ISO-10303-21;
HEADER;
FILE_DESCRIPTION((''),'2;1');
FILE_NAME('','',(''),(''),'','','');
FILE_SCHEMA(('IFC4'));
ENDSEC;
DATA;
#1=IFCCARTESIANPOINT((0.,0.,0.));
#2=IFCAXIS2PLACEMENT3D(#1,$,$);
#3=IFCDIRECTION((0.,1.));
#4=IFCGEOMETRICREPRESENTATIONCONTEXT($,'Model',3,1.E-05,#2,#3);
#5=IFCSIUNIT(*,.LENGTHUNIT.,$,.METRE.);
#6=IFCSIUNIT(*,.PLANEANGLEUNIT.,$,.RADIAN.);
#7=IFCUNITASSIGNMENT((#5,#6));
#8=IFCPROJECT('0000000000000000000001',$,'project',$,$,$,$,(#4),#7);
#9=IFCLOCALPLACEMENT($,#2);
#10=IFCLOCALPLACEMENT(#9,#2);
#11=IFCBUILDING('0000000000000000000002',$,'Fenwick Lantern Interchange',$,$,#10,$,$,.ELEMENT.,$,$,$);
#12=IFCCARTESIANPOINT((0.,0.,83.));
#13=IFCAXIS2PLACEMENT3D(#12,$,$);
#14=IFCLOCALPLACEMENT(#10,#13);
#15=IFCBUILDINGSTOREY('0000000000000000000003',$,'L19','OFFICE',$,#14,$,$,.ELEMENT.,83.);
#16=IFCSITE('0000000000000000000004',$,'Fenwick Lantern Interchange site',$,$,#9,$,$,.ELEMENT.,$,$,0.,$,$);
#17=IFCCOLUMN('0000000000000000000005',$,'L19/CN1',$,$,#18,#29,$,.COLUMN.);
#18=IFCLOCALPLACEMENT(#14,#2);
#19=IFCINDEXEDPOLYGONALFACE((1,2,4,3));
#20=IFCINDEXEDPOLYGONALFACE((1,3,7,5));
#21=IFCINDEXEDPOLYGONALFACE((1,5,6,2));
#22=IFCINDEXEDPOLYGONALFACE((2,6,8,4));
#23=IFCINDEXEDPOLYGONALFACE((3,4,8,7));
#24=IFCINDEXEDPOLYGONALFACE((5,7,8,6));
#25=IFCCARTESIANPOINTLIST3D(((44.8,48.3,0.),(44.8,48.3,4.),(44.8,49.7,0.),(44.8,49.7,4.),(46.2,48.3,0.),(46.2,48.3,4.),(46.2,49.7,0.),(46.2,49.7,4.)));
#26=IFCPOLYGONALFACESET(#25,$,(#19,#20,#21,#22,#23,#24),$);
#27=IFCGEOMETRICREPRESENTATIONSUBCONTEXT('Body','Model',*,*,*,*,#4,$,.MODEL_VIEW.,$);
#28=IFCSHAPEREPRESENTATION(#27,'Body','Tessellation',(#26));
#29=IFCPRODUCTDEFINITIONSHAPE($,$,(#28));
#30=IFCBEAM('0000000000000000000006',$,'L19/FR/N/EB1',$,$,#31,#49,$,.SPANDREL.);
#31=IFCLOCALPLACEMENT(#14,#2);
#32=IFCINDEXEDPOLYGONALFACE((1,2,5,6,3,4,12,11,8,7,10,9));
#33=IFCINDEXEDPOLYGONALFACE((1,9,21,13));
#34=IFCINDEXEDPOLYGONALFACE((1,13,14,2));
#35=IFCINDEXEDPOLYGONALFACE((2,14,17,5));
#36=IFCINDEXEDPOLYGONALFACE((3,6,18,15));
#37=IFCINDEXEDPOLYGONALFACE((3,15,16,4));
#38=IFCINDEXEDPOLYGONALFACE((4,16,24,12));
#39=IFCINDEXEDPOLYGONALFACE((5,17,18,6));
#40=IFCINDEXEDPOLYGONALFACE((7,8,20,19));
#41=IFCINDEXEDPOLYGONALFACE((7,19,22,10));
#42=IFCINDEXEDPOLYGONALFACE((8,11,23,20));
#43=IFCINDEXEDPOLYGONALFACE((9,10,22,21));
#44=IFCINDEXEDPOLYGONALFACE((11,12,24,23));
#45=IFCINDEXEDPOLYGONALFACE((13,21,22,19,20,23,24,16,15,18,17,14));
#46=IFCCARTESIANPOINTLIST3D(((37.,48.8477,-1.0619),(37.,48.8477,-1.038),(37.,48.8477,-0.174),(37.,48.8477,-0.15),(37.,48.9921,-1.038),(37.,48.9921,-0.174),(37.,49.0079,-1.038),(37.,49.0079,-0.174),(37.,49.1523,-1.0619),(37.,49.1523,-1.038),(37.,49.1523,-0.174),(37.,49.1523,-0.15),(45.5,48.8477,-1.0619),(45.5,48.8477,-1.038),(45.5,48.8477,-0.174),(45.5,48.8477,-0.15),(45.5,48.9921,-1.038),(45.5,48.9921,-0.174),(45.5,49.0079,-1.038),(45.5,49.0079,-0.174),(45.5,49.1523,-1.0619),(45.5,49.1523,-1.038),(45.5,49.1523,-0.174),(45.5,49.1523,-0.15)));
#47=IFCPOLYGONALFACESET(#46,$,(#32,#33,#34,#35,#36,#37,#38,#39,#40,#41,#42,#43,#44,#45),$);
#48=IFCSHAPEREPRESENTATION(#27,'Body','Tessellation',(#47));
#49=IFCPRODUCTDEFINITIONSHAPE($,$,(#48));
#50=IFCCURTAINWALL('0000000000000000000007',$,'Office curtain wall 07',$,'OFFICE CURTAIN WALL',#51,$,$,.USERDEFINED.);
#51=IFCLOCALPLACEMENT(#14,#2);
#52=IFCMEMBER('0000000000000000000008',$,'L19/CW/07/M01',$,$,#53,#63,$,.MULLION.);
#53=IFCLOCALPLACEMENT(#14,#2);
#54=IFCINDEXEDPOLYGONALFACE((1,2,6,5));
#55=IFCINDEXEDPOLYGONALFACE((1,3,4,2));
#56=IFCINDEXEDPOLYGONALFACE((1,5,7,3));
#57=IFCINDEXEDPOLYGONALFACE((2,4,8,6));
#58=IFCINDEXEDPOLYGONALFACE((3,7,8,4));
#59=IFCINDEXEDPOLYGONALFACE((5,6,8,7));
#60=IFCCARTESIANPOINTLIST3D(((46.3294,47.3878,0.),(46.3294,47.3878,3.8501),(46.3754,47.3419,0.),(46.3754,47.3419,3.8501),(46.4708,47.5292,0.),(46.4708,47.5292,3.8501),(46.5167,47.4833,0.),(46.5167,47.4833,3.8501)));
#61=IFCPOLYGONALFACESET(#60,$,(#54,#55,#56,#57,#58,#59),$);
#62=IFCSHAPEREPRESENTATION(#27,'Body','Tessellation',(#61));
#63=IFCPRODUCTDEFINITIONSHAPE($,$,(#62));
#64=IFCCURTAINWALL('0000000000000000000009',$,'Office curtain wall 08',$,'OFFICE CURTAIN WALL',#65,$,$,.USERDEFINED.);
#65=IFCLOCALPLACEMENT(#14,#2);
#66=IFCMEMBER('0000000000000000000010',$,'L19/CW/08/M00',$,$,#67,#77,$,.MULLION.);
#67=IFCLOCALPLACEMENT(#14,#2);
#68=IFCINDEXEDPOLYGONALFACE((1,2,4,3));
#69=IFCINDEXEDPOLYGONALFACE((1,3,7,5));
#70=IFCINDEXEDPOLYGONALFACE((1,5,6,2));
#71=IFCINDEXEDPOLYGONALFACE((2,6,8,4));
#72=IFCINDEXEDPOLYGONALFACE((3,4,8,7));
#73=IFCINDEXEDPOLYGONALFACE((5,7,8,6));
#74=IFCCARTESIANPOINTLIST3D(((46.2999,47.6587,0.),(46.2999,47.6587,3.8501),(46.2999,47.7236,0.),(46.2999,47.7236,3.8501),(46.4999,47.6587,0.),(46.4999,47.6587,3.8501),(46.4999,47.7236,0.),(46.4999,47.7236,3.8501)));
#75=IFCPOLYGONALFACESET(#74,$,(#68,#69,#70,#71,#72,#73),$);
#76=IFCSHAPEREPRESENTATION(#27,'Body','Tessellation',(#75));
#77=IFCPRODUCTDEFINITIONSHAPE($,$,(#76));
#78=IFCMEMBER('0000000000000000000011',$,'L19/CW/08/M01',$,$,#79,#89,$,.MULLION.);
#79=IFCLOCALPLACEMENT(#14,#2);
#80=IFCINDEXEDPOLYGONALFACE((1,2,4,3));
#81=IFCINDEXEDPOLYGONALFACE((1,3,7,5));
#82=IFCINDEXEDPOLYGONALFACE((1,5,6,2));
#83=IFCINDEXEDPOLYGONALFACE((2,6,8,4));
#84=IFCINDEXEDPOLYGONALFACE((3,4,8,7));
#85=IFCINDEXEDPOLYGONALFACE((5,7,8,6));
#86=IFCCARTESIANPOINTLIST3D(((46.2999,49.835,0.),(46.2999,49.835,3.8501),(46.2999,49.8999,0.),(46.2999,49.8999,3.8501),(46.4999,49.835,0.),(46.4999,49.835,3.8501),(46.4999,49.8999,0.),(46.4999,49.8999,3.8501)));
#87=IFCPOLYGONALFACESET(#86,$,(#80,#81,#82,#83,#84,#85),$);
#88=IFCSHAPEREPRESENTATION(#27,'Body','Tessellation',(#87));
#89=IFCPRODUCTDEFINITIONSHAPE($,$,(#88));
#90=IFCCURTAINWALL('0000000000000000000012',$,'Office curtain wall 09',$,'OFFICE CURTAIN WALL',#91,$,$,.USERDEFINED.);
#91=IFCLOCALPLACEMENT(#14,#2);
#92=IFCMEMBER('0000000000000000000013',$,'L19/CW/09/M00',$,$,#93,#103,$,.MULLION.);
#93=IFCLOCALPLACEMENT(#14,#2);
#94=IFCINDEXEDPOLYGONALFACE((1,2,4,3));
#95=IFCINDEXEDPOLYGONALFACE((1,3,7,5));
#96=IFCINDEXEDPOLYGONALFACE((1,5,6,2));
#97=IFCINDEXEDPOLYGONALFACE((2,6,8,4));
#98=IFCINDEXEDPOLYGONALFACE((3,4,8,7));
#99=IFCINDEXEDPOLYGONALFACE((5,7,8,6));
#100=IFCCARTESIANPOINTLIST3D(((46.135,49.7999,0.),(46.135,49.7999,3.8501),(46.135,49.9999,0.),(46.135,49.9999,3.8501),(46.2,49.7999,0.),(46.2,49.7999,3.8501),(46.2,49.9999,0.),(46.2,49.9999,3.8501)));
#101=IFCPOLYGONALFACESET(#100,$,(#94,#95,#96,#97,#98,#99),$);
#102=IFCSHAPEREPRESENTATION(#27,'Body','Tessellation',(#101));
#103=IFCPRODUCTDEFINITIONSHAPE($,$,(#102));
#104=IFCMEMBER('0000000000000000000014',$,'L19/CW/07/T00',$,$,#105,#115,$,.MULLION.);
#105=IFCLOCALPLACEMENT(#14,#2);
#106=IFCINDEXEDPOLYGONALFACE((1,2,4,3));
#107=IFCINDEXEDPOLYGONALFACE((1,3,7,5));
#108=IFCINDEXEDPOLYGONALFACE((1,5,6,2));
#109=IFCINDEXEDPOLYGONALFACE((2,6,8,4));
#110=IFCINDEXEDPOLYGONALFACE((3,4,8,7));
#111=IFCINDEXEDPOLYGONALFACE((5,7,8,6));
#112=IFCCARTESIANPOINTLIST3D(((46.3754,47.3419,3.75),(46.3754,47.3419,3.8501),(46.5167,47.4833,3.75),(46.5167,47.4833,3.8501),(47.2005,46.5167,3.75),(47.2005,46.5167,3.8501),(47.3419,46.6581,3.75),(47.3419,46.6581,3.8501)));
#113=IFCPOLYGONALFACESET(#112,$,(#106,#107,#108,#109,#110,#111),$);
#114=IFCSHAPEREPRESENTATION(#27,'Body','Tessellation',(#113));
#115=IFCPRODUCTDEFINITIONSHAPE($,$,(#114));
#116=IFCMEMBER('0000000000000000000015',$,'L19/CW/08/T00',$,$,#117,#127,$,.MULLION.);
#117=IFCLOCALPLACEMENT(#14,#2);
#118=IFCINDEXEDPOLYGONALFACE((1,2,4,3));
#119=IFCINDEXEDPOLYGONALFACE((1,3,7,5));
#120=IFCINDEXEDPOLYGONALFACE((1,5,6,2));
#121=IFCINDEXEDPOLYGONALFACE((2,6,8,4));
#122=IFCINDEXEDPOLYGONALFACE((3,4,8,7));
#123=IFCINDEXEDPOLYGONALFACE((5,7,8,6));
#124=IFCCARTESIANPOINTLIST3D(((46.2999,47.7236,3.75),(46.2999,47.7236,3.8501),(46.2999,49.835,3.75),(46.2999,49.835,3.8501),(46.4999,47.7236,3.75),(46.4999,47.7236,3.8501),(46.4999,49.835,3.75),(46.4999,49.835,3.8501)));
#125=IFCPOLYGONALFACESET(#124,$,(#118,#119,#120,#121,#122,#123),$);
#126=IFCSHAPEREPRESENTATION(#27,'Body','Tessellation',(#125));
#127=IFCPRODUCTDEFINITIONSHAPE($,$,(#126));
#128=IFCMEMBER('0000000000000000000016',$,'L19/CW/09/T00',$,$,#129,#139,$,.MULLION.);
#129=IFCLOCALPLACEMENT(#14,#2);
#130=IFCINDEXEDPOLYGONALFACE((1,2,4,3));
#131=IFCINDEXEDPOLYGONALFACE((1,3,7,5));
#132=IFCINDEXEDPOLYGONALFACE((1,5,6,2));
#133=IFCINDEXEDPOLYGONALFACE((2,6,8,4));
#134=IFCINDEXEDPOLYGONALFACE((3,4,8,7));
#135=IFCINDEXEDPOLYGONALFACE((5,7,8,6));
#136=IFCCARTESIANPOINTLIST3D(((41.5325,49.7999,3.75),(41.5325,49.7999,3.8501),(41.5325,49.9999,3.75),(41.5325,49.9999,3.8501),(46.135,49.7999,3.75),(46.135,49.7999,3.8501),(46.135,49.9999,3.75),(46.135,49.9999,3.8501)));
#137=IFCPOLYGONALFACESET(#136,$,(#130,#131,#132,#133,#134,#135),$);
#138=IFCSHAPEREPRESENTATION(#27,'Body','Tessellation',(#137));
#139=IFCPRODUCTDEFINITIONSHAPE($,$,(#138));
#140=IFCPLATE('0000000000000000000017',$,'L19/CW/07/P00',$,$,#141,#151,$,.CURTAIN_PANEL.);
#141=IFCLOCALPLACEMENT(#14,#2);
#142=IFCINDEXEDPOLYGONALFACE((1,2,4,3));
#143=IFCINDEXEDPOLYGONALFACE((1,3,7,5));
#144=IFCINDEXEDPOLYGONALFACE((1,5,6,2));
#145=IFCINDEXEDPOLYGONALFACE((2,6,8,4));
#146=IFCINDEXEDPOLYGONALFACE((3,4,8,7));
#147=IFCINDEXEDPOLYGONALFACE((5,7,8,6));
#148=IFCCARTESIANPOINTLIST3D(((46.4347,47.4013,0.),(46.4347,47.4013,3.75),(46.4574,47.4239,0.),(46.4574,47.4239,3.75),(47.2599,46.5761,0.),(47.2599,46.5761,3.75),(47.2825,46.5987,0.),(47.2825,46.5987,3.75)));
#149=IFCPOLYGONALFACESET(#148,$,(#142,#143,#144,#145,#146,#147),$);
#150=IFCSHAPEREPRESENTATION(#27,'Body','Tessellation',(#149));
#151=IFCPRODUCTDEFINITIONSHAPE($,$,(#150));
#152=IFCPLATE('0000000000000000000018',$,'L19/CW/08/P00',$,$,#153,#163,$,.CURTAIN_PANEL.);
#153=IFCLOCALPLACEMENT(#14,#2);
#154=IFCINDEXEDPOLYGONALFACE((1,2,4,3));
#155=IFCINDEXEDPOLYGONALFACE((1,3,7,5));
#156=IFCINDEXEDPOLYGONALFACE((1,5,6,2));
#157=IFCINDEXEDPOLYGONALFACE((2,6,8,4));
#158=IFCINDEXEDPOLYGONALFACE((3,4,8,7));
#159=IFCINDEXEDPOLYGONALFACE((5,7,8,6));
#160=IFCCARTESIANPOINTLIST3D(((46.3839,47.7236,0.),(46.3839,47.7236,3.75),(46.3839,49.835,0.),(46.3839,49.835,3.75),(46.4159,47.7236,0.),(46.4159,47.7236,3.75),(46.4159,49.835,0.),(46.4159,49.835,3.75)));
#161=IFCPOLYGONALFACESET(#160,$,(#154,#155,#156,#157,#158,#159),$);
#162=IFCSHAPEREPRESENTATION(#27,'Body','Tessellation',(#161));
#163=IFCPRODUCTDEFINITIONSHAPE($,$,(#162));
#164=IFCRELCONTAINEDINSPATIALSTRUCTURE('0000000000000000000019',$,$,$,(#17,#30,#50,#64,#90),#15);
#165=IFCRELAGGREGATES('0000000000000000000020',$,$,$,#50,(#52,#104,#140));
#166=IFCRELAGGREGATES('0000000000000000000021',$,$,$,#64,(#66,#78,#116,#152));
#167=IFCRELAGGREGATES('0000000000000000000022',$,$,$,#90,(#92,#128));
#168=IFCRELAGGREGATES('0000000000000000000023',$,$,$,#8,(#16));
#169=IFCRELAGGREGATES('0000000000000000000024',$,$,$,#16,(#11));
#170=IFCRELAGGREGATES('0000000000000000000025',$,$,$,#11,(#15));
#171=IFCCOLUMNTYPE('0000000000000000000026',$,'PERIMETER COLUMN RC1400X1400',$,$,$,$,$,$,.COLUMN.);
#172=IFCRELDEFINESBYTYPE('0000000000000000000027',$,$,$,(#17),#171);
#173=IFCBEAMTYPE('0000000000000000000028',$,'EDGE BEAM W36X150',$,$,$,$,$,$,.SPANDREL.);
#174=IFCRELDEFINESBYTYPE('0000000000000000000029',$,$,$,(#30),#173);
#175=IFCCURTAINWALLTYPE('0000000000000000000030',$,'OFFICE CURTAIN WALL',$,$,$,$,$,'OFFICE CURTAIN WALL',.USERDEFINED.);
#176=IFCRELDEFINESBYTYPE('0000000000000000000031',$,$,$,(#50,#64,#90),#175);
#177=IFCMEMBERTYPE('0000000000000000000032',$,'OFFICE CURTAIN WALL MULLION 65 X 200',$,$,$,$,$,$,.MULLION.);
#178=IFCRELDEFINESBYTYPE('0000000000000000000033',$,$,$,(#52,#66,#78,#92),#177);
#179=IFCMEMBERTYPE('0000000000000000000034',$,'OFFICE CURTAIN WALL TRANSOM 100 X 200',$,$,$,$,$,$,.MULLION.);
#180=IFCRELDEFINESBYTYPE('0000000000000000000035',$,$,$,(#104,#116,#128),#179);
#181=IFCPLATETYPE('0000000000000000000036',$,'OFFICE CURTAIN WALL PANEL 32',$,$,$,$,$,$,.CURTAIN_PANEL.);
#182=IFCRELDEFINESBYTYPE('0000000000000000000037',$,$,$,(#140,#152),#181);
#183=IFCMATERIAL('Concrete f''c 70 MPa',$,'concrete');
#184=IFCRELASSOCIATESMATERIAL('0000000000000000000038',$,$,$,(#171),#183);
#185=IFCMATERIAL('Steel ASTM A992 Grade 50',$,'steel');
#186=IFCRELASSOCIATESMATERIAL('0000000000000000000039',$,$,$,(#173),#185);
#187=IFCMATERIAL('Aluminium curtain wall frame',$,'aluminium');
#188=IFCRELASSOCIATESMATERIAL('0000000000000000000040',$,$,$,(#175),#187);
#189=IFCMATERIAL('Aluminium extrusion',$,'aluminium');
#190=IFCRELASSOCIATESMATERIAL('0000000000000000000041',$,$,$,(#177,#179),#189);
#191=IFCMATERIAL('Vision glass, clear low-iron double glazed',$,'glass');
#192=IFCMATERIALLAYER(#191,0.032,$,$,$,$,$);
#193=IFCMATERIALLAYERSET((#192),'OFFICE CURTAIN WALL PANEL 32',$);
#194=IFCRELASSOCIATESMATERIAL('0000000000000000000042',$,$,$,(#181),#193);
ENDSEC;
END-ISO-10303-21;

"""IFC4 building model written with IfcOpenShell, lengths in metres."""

from ifc_helpers import new_model, si_unit, direction, frame, origin, origin_2d, place, context, subcontext, project, spatial, rectangle, i_section, extrude, material, layer, layer_set, material_profile, profile_set, type_object, element, aggregate, save


model = new_model("IFC4")

# Units and contexts
model_context = context("Model", 3, precision=1e-05, world=origin(), true_north=direction((0.0, 1.0)))
body_context = subcontext(model_context, "Body", "Model", "MODEL_VIEW")
ifc_project = project(units=[si_unit("LENGTHUNIT", "METRE"), si_unit("PLANEANGLEUNIT", "RADIAN")], contexts=[model_context])

# Site, building, storey
site_placement = place(None, origin())
site = spatial("IfcSite", under=ifc_project, at=site_placement, Name="Fenwick Lantern Interchange site", CompositionType="ELEMENT", RefElevation=0.0)
building_placement = place(site_placement, origin())
building = spatial("IfcBuilding", under=site, at=building_placement, Name="Fenwick Lantern Interchange", CompositionType="ELEMENT")
storey_placement = place(building_placement, frame((0.0, 0.0, 83.0)))
storey = spatial("IfcBuildingStorey", under=building, at=storey_placement, Name="L19", Description="OFFICE", CompositionType="ELEMENT", Elevation=83.0)

# Column
ifc_material_1 = material(Name="Concrete f'c 70 MPa", Category="concrete")
ifc_material_profile_1 = material_profile(ifc_material_1, rectangle(XDim=1.3999, YDim=1.3999, at=origin_2d()), Name="RC1400X1400")
ifc_profile_set_1 = profile_set([ifc_material_profile_1], Name="Concrete f'c 70 MPa")
column_type = type_object("IfcColumnType", Name="PERIMETER COLUMN RC1400X1400", PredefinedType="COLUMN", material=ifc_profile_set_1)
column_placement = place(storey_placement, frame((45.5, 49.0, 0.0), z_axis=(0.0, 0.0, 1.0), x_axis=(1.0, 0.0, 0.0)))
element("IfcColumn", 1, at=column_placement, inside=storey, type_object=column_type, Name="L19/CN1", PredefinedType="COLUMN", context=body_context, shape_type="SweptSolid", body=[
    extrude(rectangle(XDim=1.3999, YDim=1.3999, at=origin_2d()), origin(), (0.0, 0.0, 1.0), 4.0),
])

# Beam
ifc_material_2 = material(Name="Steel ASTM A992 Grade 50", Category="steel")
ifc_material_profile_2 = material_profile(ifc_material_2, i_section(OverallWidth=0.3047, OverallDepth=0.9119, WebThickness=0.0159, FlangeThickness=0.0239, at=origin_2d()), Name="W36X150")
ifc_profile_set_2 = profile_set([ifc_material_profile_2], Name="Steel ASTM A992 Grade 50")
beam_type = type_object("IfcBeamType", Name="EDGE BEAM W36X150", PredefinedType="SPANDREL", material=ifc_profile_set_2)
beam_placement = place(storey_placement, frame((45.5, 49.0, -0.606), z_axis=(-1.0, 0.0, 0.0), x_axis=(0.0, -1.0, 0.0)))
element("IfcBeam", 2, at=beam_placement, inside=storey, type_object=beam_type, Name="L19/FR/N/EB1", PredefinedType="SPANDREL", context=body_context, shape_type="SweptSolid", body=[
    extrude(i_section(OverallWidth=0.3047, OverallDepth=0.9119, WebThickness=0.0159, FlangeThickness=0.0239, at=origin_2d()), origin(), (0.0, 0.0, 1.0), 8.5),
])

# Curtain wall, member
ifc_material_3 = material(Name="Aluminium curtain wall frame", Category="aluminium")
curtain_wall_type = type_object("IfcCurtainWallType", Name="OFFICE CURTAIN WALL", ElementType="OFFICE CURTAIN WALL", PredefinedType="USERDEFINED", material=ifc_material_3)
curtain_wall_1_placement = place(storey_placement, origin())
curtain_wall_1 = element("IfcCurtainWall", 3, at=curtain_wall_1_placement, inside=storey, type_object=curtain_wall_type, Name="Office curtain wall 07", ObjectType="OFFICE CURTAIN WALL", PredefinedType="USERDEFINED")
ifc_material_4 = material(Name="Aluminium extrusion", Category="aluminium")
ifc_material_profile_3 = material_profile(ifc_material_4, rectangle(XDim=0.2, YDim=0.0649, at=origin_2d()), Name="OFFICE CURTAIN WALL MULLION 65 X 200")
ifc_profile_set_3 = profile_set([ifc_material_profile_3], Name="Aluminium extrusion")
member_type_1 = type_object("IfcMemberType", Name="OFFICE CURTAIN WALL MULLION 65 X 200", PredefinedType="MULLION", material=ifc_profile_set_3)
member_1_placement = place(storey_placement, frame((46.4231, 47.4355, 0.0), z_axis=(0.0, 0.0, 1.0), x_axis=(-0.707107, -0.707107, 0.0)))
member_1 = element("IfcMember", 4, at=member_1_placement, type_object=member_type_1, Name="L19/CW/07/M01", PredefinedType="MULLION", context=body_context, shape_type="SweptSolid", body=[
    extrude(rectangle(XDim=0.2, YDim=0.0649, at=origin_2d()), origin(), (0.0, 0.0, 1.0), 3.8501),
])

# Curtain wall, members
curtain_wall_2_placement = place(storey_placement, origin())
curtain_wall_2 = element("IfcCurtainWall", 5, at=curtain_wall_2_placement, inside=storey, type_object=curtain_wall_type, Name="Office curtain wall 08", ObjectType="OFFICE CURTAIN WALL", PredefinedType="USERDEFINED")
member_2_placement = place(storey_placement, frame((46.3999, 47.6912, 0.0), z_axis=(0.0, 0.0, 1.0), x_axis=(-1.0, 0.0, 0.0)))
member_2 = element("IfcMember", 6, at=member_2_placement, type_object=member_type_1, Name="L19/CW/08/M00", PredefinedType="MULLION", context=body_context, shape_type="SweptSolid", body=[
    extrude(rectangle(XDim=0.2, YDim=0.0649, at=origin_2d()), origin(), (0.0, 0.0, 1.0), 3.8501),
])
member_3_placement = place(storey_placement, frame((46.3999, 49.8674, 0.0), z_axis=(0.0, 0.0, 1.0), x_axis=(-1.0, 0.0, 0.0)))
member_3 = element("IfcMember", 7, at=member_3_placement, type_object=member_type_1, Name="L19/CW/08/M01", PredefinedType="MULLION", context=body_context, shape_type="SweptSolid", body=[
    extrude(rectangle(XDim=0.2, YDim=0.0649, at=origin_2d()), origin(), (0.0, 0.0, 1.0), 3.8501),
])

# Curtain wall, member
curtain_wall_3_placement = place(storey_placement, origin())
curtain_wall_3 = element("IfcCurtainWall", 8, at=curtain_wall_3_placement, inside=storey, type_object=curtain_wall_type, Name="Office curtain wall 09", ObjectType="OFFICE CURTAIN WALL", PredefinedType="USERDEFINED")
member_4_placement = place(storey_placement, frame((46.1675, 49.8999, 0.0), z_axis=(0.0, 0.0, 1.0), x_axis=(0.0, -1.0, 0.0)))
member_4 = element("IfcMember", 9, at=member_4_placement, type_object=member_type_1, Name="L19/CW/09/M00", PredefinedType="MULLION", context=body_context, shape_type="SweptSolid", body=[
    extrude(rectangle(XDim=0.2, YDim=0.0649, at=origin_2d()), origin(), (0.0, 0.0, 1.0), 3.8501),
])

# Members
ifc_material_profile_4 = material_profile(ifc_material_4, rectangle(XDim=0.2, YDim=0.1001, at=origin_2d()), Name="OFFICE CURTAIN WALL TRANSOM 100 X 200")
ifc_profile_set_4 = profile_set([ifc_material_profile_4], Name="Aluminium extrusion")
member_type_2 = type_object("IfcMemberType", Name="OFFICE CURTAIN WALL TRANSOM 100 X 200", PredefinedType="MULLION", material=ifc_profile_set_4)
member_5_placement = place(storey_placement, frame((47.2712, 46.5874, 3.8), z_axis=(-0.707107, 0.707107, 0.0), x_axis=(-0.707107, -0.707107, 0.0)))
member_5 = element("IfcMember", 10, at=member_5_placement, type_object=member_type_2, Name="L19/CW/07/T00", PredefinedType="MULLION", context=body_context, shape_type="SweptSolid", body=[
    extrude(rectangle(XDim=0.2, YDim=0.1001, at=origin_2d()), origin(), (0.0, 0.0, 1.0), 1.167),
])
member_6_placement = place(storey_placement, frame((46.3999, 47.7236, 3.8), z_axis=(0.0, 1.0, 0.0), x_axis=(-1.0, 0.0, 0.0)))
member_6 = element("IfcMember", 11, at=member_6_placement, type_object=member_type_2, Name="L19/CW/08/T00", PredefinedType="MULLION", context=body_context, shape_type="SweptSolid", body=[
    extrude(rectangle(XDim=0.2, YDim=0.1001, at=origin_2d()), origin(), (0.0, 0.0, 1.0), 2.1113),
])
member_7_placement = place(storey_placement, frame((46.135, 49.8999, 3.8), z_axis=(-1.0, 0.0, 0.0), x_axis=(0.0, -1.0, 0.0)))
member_7 = element("IfcMember", 12, at=member_7_placement, type_object=member_type_2, Name="L19/CW/09/T00", PredefinedType="MULLION", context=body_context, shape_type="SweptSolid", body=[
    extrude(rectangle(XDim=0.2, YDim=0.1001, at=origin_2d()), origin(), (0.0, 0.0, 1.0), 4.6025),
])

# Plates
ifc_material_5 = material(Name="Vision glass, clear low-iron double glazed", Category="glass")
ifc_layer_1 = layer(ifc_material_5, 0.032)
ifc_layer_set_1 = layer_set([ifc_layer_1], Name="OFFICE CURTAIN WALL PANEL 32")
plate_type = type_object("IfcPlateType", Name="OFFICE CURTAIN WALL PANEL 32", PredefinedType="CURTAIN_PANEL", material=ifc_layer_set_1)
plate_1_placement = place(storey_placement, frame((46.8586, 47.0, 0.0), z_axis=(0.0, 0.0, 1.0), x_axis=(-0.707107, 0.707107, 0.0)))
plate_1 = element("IfcPlate", 13, at=plate_1_placement, type_object=plate_type, Name="L19/CW/07/P00", PredefinedType="CURTAIN_PANEL", context=body_context, shape_type="SweptSolid", body=[
    extrude(rectangle(XDim=1.167, YDim=0.032, at=origin_2d()), origin(), (0.0, 0.0, 1.0), 3.75),
])
aggregate(curtain_wall_1, [member_1, member_5, plate_1])
plate_2_placement = place(storey_placement, frame((46.3999, 48.7793, 0.0), z_axis=(0.0, 0.0, 1.0), x_axis=(0.0, 1.0, 0.0)))
plate_2 = element("IfcPlate", 14, at=plate_2_placement, type_object=plate_type, Name="L19/CW/08/P00", PredefinedType="CURTAIN_PANEL", context=body_context, shape_type="SweptSolid", body=[
    extrude(rectangle(XDim=2.1113, YDim=0.032, at=origin_2d()), origin(), (0.0, 0.0, 1.0), 3.75),
])
aggregate(curtain_wall_2, [member_2, member_3, member_6, plate_2])
aggregate(curtain_wall_3, [member_4, member_7])

save(model, "model.ifc")
